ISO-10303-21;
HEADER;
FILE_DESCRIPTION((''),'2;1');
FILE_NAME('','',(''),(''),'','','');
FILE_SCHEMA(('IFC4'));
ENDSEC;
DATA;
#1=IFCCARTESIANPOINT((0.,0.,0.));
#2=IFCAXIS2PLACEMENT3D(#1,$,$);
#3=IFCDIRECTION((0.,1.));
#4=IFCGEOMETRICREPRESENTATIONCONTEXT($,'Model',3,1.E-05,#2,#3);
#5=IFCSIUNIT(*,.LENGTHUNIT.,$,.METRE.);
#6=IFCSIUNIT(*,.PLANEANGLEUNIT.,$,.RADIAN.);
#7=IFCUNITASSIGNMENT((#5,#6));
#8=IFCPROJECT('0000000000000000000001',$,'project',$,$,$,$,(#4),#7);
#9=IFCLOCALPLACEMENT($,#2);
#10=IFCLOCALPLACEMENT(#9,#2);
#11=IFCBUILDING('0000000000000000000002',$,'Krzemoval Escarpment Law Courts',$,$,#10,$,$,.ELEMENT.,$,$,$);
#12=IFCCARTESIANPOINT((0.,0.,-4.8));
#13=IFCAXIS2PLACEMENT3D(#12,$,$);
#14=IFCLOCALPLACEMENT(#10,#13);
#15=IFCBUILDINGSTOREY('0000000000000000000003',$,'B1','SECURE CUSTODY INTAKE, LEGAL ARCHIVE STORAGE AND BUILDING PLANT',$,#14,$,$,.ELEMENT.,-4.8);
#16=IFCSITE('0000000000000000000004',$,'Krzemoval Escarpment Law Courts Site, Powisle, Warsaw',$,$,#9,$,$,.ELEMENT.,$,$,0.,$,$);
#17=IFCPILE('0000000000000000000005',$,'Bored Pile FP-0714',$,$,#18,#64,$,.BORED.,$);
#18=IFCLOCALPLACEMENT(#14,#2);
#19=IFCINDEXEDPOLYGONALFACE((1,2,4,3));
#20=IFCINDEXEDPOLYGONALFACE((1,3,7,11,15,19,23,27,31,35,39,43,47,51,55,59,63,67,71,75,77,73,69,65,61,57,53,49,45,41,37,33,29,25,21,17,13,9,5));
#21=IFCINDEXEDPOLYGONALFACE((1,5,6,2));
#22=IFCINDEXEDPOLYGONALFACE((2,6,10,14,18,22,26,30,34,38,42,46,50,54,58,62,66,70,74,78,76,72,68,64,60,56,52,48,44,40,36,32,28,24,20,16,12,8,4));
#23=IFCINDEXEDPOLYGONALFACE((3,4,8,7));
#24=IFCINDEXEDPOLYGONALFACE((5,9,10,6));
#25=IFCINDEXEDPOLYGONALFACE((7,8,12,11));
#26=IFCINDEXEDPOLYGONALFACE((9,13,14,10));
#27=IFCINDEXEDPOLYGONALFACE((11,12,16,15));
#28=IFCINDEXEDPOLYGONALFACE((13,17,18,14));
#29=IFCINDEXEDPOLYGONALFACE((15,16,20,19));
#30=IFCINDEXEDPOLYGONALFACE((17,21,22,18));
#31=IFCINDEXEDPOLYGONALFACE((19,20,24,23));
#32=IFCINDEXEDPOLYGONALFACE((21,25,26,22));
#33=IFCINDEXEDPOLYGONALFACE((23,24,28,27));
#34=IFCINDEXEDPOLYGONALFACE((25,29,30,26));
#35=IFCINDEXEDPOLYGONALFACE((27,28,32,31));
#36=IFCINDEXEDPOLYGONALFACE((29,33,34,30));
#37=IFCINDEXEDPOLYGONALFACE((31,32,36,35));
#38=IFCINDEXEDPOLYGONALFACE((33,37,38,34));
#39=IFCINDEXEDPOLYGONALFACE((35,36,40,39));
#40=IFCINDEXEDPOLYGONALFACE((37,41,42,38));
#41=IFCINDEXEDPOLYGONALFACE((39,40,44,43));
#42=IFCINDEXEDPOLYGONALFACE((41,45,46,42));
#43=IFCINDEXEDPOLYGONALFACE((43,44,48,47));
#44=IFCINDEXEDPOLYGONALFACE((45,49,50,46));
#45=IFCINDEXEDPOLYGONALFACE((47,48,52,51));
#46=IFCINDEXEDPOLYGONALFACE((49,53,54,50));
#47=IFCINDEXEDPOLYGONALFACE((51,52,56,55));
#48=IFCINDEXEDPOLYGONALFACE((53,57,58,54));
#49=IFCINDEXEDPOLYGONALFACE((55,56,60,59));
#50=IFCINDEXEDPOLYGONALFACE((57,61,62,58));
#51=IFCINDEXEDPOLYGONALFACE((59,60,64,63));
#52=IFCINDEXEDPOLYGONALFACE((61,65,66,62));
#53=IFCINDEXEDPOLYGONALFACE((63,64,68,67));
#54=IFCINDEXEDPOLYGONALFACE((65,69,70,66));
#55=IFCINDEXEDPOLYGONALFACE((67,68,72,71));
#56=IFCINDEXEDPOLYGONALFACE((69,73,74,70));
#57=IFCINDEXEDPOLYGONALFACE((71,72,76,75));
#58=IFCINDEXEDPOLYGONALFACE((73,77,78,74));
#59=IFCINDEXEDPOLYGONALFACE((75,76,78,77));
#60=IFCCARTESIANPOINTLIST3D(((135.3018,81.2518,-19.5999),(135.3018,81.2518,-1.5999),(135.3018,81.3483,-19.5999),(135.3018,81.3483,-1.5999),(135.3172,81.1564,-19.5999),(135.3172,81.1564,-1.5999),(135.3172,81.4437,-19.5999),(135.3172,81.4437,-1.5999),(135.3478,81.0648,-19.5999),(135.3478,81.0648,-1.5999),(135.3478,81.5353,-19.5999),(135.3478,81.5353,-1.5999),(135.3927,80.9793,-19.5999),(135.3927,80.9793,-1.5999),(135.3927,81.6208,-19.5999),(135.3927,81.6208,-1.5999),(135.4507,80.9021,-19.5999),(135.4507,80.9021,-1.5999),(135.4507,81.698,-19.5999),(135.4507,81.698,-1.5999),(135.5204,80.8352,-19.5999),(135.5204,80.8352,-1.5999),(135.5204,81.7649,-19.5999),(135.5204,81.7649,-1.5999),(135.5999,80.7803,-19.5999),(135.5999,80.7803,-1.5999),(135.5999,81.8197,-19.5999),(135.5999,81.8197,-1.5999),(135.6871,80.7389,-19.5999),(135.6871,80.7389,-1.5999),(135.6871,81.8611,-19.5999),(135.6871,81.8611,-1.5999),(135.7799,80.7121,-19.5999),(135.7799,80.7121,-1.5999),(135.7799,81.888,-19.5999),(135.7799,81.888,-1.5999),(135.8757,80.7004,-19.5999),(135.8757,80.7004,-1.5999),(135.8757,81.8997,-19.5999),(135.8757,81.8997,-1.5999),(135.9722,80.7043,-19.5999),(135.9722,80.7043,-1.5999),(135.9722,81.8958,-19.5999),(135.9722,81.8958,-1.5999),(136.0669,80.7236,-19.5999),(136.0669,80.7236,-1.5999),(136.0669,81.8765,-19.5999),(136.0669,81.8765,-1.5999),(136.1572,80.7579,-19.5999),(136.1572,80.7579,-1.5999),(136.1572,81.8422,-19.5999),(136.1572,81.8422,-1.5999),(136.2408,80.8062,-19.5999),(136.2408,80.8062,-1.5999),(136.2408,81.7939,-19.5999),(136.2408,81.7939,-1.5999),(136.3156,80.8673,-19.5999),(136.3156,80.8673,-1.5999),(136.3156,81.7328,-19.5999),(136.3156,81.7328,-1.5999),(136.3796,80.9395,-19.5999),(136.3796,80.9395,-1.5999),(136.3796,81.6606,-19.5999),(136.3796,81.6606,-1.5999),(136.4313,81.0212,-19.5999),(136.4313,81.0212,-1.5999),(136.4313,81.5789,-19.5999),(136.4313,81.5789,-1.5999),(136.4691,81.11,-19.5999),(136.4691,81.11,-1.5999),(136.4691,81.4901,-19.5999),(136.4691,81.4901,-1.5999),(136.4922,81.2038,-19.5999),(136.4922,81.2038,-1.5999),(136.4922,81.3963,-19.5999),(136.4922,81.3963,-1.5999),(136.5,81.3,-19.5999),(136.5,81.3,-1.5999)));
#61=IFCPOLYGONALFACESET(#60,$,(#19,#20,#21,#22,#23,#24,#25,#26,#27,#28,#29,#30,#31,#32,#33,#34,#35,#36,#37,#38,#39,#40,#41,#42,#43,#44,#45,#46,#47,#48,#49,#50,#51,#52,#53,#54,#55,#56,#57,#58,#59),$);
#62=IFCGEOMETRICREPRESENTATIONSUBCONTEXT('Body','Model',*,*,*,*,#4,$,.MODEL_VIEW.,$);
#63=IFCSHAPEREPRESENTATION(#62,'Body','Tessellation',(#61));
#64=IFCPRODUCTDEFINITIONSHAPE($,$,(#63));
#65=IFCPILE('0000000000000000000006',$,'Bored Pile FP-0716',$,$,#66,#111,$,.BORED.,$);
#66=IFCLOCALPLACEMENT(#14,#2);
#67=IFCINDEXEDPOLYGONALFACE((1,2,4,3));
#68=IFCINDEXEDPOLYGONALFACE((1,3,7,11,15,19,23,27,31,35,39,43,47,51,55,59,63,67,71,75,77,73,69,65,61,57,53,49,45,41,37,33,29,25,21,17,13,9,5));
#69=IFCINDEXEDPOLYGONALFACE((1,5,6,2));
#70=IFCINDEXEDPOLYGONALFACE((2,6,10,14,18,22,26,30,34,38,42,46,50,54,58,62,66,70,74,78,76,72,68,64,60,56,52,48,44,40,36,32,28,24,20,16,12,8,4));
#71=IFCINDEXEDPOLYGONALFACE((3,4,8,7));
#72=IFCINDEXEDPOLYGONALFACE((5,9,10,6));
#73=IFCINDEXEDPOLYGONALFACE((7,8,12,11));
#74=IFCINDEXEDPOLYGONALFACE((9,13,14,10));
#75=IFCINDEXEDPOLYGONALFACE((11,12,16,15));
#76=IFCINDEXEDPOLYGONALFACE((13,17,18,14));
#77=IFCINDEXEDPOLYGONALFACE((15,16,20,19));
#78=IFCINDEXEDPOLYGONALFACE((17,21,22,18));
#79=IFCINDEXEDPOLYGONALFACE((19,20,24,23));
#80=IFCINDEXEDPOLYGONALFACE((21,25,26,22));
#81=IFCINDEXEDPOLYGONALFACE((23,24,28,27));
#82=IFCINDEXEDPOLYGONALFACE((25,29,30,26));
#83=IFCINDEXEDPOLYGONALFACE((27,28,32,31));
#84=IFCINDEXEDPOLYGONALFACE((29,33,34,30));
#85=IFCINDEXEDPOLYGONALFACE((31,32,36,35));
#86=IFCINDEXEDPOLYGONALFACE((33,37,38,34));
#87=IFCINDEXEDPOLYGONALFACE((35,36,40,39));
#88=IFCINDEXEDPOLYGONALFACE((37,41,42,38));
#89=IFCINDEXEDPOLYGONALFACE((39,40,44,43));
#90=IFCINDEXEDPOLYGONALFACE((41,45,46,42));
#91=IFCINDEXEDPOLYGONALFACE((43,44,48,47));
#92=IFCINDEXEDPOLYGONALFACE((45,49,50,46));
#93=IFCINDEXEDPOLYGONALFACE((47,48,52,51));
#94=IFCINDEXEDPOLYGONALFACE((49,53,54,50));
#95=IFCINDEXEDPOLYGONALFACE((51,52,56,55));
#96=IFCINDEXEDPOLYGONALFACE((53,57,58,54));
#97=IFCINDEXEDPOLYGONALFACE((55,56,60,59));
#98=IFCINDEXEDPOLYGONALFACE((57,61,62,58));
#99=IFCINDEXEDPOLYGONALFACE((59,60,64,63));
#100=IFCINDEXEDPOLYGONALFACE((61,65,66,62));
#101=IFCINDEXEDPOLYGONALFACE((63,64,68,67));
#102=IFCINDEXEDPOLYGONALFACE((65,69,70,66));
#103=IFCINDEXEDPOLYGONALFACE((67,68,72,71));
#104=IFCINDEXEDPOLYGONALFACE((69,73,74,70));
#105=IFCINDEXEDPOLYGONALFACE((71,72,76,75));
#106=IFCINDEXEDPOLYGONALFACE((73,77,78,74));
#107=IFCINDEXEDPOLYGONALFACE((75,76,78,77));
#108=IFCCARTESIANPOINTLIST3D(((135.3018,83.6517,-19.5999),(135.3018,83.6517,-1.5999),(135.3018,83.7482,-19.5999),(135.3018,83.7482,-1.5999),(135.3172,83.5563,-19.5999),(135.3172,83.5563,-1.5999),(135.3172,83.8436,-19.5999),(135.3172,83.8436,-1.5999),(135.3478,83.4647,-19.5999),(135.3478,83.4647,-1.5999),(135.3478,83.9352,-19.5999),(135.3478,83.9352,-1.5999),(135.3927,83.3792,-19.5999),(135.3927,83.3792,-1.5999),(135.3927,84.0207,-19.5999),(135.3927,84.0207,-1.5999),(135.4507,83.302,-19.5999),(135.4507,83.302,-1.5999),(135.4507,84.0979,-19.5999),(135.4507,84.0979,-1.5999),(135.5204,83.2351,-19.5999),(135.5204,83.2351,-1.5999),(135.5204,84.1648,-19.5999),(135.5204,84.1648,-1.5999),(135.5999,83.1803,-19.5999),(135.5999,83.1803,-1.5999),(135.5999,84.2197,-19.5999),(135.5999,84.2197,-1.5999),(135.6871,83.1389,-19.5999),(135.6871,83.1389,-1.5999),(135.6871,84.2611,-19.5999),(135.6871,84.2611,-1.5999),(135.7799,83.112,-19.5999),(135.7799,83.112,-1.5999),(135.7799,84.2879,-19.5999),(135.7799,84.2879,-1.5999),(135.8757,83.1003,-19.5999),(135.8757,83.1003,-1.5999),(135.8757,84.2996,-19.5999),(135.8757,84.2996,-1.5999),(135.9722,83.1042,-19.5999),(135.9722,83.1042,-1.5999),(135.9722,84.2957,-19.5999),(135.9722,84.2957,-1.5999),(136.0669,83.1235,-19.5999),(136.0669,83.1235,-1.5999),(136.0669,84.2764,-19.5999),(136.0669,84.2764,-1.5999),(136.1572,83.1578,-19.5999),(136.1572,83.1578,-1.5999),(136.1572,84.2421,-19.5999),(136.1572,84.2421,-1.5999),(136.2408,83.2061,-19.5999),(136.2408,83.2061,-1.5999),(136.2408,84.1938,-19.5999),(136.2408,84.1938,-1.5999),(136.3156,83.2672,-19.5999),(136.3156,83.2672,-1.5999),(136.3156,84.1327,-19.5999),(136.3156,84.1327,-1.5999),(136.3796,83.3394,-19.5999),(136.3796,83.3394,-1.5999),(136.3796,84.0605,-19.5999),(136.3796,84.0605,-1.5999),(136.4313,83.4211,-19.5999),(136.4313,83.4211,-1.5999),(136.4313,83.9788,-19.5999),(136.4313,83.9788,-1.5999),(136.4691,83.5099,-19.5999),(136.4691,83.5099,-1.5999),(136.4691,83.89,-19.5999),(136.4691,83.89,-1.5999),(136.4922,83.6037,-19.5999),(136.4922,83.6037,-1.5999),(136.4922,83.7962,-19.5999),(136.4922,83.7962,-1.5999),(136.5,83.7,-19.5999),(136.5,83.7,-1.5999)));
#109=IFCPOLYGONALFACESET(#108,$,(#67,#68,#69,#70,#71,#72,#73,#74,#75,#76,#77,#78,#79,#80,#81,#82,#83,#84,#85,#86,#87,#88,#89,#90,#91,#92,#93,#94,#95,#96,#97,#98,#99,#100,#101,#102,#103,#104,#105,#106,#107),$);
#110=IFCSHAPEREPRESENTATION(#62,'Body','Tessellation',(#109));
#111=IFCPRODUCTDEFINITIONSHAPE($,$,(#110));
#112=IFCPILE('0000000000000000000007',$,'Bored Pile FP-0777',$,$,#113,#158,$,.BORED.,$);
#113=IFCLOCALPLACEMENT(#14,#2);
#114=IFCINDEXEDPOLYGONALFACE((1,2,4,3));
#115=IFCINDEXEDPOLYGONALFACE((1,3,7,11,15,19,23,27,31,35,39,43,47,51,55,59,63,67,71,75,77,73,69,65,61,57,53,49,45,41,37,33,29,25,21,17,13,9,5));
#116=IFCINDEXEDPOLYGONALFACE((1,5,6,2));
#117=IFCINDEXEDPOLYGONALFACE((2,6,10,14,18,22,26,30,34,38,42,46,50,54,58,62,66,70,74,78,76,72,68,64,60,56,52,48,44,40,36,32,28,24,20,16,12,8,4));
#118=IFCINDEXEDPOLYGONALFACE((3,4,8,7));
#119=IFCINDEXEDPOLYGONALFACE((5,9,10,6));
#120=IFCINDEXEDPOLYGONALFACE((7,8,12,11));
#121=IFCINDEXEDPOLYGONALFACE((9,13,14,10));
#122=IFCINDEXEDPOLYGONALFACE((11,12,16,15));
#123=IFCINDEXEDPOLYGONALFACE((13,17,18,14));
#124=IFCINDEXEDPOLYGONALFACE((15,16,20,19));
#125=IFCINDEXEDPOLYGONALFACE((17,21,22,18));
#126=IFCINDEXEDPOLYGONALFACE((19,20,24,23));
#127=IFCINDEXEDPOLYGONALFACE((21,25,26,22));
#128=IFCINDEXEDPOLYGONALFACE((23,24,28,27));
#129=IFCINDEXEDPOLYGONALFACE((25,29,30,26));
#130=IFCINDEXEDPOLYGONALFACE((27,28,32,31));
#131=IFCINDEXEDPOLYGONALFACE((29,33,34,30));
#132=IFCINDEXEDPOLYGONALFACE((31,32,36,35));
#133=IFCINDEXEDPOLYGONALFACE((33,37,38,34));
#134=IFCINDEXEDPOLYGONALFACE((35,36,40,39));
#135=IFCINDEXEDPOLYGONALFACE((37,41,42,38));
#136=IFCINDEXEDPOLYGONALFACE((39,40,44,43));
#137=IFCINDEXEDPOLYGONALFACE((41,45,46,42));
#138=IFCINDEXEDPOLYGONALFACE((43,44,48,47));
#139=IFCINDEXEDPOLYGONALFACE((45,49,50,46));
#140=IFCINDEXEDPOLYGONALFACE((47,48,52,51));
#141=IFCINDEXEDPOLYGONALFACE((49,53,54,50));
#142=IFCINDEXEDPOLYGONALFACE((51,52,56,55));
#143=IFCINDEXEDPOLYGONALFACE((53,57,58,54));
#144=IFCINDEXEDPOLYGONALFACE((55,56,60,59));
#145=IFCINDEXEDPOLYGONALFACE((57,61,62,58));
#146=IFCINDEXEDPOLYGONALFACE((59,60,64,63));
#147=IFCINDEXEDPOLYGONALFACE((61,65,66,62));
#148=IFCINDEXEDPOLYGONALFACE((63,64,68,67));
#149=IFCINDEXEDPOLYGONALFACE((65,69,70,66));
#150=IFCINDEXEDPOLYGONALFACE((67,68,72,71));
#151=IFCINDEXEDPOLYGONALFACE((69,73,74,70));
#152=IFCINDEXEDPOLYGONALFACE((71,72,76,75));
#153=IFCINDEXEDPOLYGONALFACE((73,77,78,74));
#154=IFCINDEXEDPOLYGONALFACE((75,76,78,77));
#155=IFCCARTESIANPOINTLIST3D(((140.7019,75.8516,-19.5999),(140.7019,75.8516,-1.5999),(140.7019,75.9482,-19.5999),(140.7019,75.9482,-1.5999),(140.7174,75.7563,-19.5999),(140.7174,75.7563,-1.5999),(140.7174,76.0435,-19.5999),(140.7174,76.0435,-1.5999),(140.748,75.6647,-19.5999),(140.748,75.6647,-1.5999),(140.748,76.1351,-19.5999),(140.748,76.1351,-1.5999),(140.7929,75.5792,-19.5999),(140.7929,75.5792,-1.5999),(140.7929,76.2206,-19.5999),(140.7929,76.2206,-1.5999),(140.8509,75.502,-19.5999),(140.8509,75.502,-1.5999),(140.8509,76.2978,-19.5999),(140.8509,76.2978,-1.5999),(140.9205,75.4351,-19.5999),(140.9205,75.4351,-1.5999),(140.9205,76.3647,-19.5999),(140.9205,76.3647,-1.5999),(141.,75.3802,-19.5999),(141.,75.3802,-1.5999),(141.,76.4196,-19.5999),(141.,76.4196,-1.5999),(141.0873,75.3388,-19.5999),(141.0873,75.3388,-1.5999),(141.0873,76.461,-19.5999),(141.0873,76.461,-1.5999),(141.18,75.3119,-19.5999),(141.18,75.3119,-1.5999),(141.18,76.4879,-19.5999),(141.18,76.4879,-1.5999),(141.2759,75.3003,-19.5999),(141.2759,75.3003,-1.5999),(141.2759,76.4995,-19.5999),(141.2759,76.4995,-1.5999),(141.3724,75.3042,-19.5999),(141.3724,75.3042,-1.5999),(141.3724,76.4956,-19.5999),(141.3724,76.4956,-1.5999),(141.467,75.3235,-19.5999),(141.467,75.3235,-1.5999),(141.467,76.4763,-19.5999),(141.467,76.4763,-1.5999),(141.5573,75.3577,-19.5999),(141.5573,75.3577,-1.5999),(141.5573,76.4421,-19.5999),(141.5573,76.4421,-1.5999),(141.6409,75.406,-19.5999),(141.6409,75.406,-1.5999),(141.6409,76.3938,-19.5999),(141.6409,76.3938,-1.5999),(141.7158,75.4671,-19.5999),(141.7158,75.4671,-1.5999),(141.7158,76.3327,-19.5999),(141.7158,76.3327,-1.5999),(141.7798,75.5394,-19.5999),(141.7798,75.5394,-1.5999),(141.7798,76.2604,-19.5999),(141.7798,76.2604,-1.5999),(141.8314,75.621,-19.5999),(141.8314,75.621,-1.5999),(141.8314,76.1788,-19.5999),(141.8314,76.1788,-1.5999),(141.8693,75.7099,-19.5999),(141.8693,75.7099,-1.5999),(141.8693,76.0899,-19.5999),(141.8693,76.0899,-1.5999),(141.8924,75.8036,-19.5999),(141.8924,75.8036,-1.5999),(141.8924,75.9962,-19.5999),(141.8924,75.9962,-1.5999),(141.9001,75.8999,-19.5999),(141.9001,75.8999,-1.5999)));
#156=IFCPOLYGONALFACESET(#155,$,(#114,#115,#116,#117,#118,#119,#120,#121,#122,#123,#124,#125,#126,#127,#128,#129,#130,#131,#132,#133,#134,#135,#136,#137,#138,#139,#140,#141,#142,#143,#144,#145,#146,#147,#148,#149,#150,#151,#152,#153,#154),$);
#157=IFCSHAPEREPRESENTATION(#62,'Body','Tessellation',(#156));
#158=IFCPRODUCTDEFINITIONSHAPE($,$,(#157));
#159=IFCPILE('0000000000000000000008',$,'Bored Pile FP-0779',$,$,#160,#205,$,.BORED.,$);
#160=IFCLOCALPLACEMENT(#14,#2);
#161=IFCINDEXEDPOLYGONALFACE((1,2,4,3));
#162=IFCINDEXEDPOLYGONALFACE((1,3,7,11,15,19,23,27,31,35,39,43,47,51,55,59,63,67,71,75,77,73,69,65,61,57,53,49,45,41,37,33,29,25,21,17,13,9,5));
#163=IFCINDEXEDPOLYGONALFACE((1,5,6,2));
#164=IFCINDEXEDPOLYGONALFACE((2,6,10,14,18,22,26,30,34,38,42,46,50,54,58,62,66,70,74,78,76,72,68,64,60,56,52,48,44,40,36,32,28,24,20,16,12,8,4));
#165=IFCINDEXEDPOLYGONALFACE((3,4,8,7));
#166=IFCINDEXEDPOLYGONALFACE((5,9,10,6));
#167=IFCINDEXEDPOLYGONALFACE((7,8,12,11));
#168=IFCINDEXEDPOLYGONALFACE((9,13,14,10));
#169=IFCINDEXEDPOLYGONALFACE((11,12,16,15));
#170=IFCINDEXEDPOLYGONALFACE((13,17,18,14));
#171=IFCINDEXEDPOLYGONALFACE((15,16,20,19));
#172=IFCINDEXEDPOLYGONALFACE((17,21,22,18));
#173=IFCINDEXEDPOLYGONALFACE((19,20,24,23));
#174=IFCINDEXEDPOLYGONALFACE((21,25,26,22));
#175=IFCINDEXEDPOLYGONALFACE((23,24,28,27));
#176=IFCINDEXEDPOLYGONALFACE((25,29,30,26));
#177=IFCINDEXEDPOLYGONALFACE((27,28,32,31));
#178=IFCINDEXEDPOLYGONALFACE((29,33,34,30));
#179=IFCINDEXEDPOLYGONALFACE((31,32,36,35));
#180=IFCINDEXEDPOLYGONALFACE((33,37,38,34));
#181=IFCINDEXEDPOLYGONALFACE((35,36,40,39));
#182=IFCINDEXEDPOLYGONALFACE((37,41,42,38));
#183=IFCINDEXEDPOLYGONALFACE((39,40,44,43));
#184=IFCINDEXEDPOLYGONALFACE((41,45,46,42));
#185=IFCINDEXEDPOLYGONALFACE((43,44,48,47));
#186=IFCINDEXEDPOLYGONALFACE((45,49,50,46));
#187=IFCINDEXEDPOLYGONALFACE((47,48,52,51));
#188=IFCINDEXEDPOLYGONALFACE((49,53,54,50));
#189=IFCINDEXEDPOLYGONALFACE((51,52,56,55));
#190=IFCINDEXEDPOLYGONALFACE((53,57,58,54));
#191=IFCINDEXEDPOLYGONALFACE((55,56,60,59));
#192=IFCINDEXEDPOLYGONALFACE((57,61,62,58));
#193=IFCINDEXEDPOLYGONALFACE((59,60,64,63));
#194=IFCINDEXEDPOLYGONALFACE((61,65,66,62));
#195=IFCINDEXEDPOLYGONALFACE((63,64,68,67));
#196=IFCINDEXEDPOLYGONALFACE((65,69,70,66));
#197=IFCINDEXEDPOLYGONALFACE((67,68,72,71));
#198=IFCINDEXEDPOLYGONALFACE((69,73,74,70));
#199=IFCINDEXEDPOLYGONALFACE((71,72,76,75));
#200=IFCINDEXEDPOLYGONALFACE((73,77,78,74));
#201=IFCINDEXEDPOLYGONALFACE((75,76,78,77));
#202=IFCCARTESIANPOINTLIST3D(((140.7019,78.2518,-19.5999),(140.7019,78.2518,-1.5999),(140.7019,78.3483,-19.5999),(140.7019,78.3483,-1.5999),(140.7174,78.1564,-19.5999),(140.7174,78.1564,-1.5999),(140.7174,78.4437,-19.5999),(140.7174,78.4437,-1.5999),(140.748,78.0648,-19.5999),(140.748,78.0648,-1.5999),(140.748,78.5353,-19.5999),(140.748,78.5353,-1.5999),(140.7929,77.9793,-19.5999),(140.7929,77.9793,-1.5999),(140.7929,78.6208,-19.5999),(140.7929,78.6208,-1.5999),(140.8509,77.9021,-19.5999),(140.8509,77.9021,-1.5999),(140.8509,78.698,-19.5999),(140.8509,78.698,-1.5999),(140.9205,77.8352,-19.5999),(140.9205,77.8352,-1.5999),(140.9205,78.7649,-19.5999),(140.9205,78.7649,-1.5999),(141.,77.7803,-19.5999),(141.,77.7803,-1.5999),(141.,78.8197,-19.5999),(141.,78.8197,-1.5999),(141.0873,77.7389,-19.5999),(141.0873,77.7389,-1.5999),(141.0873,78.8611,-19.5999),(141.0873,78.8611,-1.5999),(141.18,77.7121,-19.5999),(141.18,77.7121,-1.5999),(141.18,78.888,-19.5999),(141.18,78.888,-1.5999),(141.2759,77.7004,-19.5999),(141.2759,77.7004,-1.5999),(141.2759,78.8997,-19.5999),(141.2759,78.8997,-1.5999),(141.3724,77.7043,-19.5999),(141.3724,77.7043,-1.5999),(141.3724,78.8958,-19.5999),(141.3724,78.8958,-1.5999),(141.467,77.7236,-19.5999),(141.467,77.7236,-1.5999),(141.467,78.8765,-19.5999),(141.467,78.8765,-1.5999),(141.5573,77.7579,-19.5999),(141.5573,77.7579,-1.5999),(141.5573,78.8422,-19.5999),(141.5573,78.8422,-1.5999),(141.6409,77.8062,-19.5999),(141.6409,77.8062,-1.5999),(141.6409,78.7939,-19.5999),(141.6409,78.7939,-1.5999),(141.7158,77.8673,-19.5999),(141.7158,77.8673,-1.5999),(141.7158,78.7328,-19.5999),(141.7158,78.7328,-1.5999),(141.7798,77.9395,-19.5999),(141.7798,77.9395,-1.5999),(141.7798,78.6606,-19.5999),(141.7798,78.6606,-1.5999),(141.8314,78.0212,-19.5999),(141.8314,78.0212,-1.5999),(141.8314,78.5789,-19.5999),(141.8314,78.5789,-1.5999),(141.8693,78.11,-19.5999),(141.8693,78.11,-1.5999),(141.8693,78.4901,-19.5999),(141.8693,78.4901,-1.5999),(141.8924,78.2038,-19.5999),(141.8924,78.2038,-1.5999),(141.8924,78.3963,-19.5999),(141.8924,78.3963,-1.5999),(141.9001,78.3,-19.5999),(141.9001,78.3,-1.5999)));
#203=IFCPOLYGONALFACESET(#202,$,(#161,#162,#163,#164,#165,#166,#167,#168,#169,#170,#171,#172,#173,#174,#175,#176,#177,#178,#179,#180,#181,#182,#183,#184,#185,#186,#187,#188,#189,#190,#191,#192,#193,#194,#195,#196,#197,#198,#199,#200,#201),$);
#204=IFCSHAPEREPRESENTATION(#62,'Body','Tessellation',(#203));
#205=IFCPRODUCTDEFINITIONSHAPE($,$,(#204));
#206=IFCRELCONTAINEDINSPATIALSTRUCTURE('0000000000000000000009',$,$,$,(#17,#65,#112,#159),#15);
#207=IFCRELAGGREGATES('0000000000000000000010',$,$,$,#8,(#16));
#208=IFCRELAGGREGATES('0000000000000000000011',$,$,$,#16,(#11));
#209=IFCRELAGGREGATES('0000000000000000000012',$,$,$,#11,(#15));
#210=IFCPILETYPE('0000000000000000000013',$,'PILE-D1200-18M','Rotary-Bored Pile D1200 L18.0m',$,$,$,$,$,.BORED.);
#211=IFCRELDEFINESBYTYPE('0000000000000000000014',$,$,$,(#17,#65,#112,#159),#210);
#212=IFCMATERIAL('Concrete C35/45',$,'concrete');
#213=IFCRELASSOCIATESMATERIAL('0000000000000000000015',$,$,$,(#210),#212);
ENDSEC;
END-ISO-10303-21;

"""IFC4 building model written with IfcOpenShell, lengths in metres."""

from ifc_helpers import new_model, si_unit, direction, frame, origin, origin_2d, place, context, subcontext, project, spatial, circle, extrude, material, material_profile, profile_set, type_object, element, save


model = new_model("IFC4")

# Units and contexts
model_context = context("Model", 3, precision=1e-05, world=origin(), true_north=direction((0.0, 1.0)))
body_context = subcontext(model_context, "Body", "Model", "MODEL_VIEW")
ifc_project = project(units=[si_unit("LENGTHUNIT", "METRE"), si_unit("PLANEANGLEUNIT", "RADIAN")], contexts=[model_context])

# Site, building, storey
site_placement = place(None, origin())
site = spatial("IfcSite", under=ifc_project, at=site_placement, Name="Krzemoval Escarpment Law Courts Site, Powisle, Warsaw", CompositionType="ELEMENT", RefElevation=0.0)
building_placement = place(site_placement, origin())
building = spatial("IfcBuilding", under=site, at=building_placement, Name="Krzemoval Escarpment Law Courts", CompositionType="ELEMENT")
storey_placement = place(building_placement, frame((0.0, 0.0, -4.8)))
storey = spatial("IfcBuildingStorey", under=building, at=storey_placement, Name="B1", Description="SECURE CUSTODY INTAKE, LEGAL ARCHIVE STORAGE AND BUILDING PLANT", CompositionType="ELEMENT", Elevation=-4.8)

# Piles
ifc_material_1 = material(Name="Concrete C35/45", Category="concrete")
ifc_material_profile_1 = material_profile(ifc_material_1, circle(Radius=0.6001, at=origin_2d()), Name="PILE D1200")
ifc_profile_set_1 = profile_set([ifc_material_profile_1], Name="Concrete C35/45")
pile_type = type_object("IfcPileType", Name="PILE-D1200-18M", Description="Rotary-Bored Pile D1200 L18.0m", PredefinedType="BORED", material=ifc_profile_set_1)
for number, where, z_axis, x_axis, name in (
    (1, (135.8999, 81.3, -1.5999), (0.0, 0.0, -1.0), (1.0, 0.0, 0.0), "Bored Pile FP-0714"),
    (2, (135.8999, 83.7, -1.5999), (0.0, 0.0, -1.0), (1.0, 0.0, 0.0), "Bored Pile FP-0716"),
    (3, (141.3, 75.8999, -1.5999), (0.0, 0.0, -1.0), (1.0, 0.0, 0.0), "Bored Pile FP-0777"),
    (4, (141.3, 78.3, -1.5999), (0.0, 0.0, -1.0), (1.0, 0.0, 0.0), "Bored Pile FP-0779"),
):
    element("IfcPile", number, at=place(storey_placement, frame(where, z_axis=z_axis, x_axis=x_axis)), inside=storey, type_object=pile_type, Name=name, PredefinedType="BORED", context=body_context, shape_type="SweptSolid", body=[
        extrude(circle(Radius=0.6001, at=origin_2d()), origin(), (0.0, 0.0, 1.0), 18.0),
    ])

save(model, "model.ifc")
